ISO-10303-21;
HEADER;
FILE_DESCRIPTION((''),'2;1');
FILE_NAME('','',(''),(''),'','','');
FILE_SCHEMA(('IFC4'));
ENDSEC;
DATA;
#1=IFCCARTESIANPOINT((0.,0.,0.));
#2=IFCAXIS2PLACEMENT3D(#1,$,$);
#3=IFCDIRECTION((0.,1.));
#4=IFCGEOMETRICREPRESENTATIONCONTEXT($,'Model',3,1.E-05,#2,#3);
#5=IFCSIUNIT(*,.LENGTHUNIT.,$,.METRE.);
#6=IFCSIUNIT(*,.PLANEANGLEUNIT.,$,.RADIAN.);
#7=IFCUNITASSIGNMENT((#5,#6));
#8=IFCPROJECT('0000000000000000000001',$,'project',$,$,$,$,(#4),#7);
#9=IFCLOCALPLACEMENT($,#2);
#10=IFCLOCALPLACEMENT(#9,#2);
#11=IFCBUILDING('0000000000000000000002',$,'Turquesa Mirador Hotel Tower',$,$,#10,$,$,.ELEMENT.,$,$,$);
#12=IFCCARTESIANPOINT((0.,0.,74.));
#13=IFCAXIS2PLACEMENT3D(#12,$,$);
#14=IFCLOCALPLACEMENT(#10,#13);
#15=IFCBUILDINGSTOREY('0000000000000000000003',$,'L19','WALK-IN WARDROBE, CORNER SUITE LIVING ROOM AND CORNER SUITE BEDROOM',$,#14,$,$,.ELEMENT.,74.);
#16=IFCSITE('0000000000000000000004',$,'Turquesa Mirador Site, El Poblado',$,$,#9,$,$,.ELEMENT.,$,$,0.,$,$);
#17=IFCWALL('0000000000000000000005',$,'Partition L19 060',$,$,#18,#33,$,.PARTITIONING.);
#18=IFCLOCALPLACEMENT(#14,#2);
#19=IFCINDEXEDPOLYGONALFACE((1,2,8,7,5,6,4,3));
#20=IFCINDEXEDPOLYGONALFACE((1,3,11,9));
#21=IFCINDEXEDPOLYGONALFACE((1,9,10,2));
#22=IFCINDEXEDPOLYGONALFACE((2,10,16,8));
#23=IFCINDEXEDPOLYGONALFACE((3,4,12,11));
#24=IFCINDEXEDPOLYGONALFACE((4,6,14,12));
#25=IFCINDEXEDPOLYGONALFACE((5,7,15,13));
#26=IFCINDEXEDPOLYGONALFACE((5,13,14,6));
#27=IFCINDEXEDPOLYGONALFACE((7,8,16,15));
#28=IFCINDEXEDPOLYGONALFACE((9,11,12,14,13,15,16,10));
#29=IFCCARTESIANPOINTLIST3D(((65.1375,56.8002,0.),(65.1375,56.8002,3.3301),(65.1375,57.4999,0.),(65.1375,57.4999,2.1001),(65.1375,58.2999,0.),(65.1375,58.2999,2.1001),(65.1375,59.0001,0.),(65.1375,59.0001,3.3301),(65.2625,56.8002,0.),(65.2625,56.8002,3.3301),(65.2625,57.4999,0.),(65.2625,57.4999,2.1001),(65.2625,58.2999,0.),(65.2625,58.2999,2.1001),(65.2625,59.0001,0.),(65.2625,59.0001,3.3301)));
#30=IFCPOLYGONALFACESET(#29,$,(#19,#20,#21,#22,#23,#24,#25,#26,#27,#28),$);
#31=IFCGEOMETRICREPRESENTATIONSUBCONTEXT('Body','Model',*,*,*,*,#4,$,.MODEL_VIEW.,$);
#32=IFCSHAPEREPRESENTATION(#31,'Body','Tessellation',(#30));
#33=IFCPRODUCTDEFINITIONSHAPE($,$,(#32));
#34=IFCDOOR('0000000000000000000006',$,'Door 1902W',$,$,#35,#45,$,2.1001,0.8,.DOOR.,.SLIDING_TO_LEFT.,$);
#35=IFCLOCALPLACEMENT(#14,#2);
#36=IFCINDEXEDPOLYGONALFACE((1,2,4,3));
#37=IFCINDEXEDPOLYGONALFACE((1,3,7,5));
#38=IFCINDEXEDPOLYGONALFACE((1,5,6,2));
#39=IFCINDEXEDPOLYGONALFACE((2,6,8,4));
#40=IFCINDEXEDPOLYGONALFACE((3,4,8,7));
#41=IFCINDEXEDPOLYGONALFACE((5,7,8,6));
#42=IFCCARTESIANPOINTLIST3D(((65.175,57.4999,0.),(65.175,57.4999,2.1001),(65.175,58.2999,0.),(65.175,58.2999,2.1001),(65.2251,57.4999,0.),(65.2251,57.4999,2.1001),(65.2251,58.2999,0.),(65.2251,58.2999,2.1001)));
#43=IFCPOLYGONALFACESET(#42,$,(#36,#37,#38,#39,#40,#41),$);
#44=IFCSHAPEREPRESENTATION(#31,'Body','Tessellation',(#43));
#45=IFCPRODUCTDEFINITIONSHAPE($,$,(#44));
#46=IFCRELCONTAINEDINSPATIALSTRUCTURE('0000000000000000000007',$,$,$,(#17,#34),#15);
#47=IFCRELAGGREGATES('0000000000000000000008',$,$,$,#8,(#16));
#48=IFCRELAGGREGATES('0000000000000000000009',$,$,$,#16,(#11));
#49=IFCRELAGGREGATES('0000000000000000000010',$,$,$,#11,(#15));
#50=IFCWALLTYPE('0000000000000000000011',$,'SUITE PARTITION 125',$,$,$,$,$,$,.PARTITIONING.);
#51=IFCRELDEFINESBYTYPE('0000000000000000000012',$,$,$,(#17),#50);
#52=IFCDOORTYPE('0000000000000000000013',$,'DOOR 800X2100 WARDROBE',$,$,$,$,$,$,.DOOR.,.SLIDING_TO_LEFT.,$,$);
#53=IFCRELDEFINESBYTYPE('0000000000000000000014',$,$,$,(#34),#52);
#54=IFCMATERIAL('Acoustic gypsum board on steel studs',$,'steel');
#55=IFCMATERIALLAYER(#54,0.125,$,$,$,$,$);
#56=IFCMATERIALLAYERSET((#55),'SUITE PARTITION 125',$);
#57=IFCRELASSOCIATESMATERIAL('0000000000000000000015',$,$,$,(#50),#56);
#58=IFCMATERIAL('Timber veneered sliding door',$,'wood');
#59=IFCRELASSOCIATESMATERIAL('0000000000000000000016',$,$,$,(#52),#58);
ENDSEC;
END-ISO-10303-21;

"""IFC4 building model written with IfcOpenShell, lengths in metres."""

from ifc_helpers import new_model, si_unit, direction, frame, frame_2d, origin, place, context, subcontext, project, spatial, rectangle, extrude, material, layer, layer_set, type_object, element, fill, save


model = new_model("IFC4")

# Units and contexts
model_context = context("Model", 3, precision=1e-05, world=origin(), true_north=direction((0.0, 1.0)))
body_context = subcontext(model_context, "Body", "Model", "MODEL_VIEW")
ifc_project = project(units=[si_unit("LENGTHUNIT", "METRE"), si_unit("PLANEANGLEUNIT", "RADIAN")], contexts=[model_context])

# Site, building, storey
site_placement = place(None, origin())
site = spatial("IfcSite", under=ifc_project, at=site_placement, Name="Turquesa Mirador Site, El Poblado", CompositionType="ELEMENT", RefElevation=0.0)
building_placement = place(site_placement, origin())
building = spatial("IfcBuilding", under=site, at=building_placement, Name="Turquesa Mirador Hotel Tower", CompositionType="ELEMENT")
storey_placement = place(building_placement, frame((0.0, 0.0, 74.0)))
storey = spatial("IfcBuildingStorey", under=building, at=storey_placement, Name="L19", Description="WALK-IN WARDROBE, CORNER SUITE LIVING ROOM AND CORNER SUITE BEDROOM", CompositionType="ELEMENT", Elevation=74.0)

# Shared definitions
ifc_material_1 = material(Name="Acoustic gypsum board on steel studs", Category="steel")
ifc_layer_1 = layer(ifc_material_1, 0.125)
ifc_layer_set_1 = layer_set([ifc_layer_1], Name="SUITE PARTITION 125")
wall_type_1 = type_object("IfcWallType", Name="SUITE PARTITION 125", PredefinedType="PARTITIONING", material=ifc_layer_set_1)

# Wall, opening, door
wall_1_placement = place(storey_placement, frame((65.2, 56.8, 0.0), z_axis=(0.0, 0.0, 1.0), x_axis=(0.0, 1.0, 0.0)))
wall_1 = element("IfcWall", 1, at=wall_1_placement, inside=storey, type_object=wall_type_1, Name="Partition L19 060", PredefinedType="PARTITIONING", context=body_context, shape_type="SweptSolid", body=[
    extrude(rectangle(XDim=2.2, YDim=0.125, at=frame_2d((1.1001, 0.0))), origin(), (0.0, 0.0, 1.0), 3.3301),
])
opening_1_placement = place(wall_1_placement, frame((0.7, 0.0, 0.0)))
opening_1 = element("IfcOpeningElement", 2, at=opening_1_placement, cuts=wall_1, PredefinedType="OPENING", context=body_context, shape_type="SweptSolid", body=[
    extrude(rectangle(XDim=0.8, YDim=2.1001, at=frame_2d((0.3999, 1.05))), frame((0.0, 0.0725, 0.0), z_axis=(0.0, -1.0, 0.0), x_axis=(1.0, 0.0, 0.0)), (0.0, 0.0, 1.0), 0.145),
])
ifc_material_2 = material(Name="Timber veneered sliding door", Category="wood")
door_type_1 = type_object("IfcDoorType", Name="DOOR 800X2100 WARDROBE", OperationType="SLIDING_TO_LEFT", PredefinedType="DOOR", material=ifc_material_2)
door_1_placement = place(opening_1_placement, origin())
door_1 = element("IfcDoor", 3, at=door_1_placement, inside=storey, type_object=door_type_1, Name="Door 1902W", OperationType="SLIDING_TO_LEFT", OverallHeight=2.1001, OverallWidth=0.8, PredefinedType="DOOR", context=body_context, shape_type="SweptSolid", body=[
    extrude(rectangle(XDim=0.8, YDim=2.1001, at=frame_2d((0.3999, 1.05))), frame((0.0, 0.0249, 0.0), z_axis=(0.0, -1.0, 0.0), x_axis=(1.0, 0.0, 0.0)), (0.0, 0.0, 1.0), 0.05),
])
fill(opening_1, door_1)

save(model, "model.ifc")
